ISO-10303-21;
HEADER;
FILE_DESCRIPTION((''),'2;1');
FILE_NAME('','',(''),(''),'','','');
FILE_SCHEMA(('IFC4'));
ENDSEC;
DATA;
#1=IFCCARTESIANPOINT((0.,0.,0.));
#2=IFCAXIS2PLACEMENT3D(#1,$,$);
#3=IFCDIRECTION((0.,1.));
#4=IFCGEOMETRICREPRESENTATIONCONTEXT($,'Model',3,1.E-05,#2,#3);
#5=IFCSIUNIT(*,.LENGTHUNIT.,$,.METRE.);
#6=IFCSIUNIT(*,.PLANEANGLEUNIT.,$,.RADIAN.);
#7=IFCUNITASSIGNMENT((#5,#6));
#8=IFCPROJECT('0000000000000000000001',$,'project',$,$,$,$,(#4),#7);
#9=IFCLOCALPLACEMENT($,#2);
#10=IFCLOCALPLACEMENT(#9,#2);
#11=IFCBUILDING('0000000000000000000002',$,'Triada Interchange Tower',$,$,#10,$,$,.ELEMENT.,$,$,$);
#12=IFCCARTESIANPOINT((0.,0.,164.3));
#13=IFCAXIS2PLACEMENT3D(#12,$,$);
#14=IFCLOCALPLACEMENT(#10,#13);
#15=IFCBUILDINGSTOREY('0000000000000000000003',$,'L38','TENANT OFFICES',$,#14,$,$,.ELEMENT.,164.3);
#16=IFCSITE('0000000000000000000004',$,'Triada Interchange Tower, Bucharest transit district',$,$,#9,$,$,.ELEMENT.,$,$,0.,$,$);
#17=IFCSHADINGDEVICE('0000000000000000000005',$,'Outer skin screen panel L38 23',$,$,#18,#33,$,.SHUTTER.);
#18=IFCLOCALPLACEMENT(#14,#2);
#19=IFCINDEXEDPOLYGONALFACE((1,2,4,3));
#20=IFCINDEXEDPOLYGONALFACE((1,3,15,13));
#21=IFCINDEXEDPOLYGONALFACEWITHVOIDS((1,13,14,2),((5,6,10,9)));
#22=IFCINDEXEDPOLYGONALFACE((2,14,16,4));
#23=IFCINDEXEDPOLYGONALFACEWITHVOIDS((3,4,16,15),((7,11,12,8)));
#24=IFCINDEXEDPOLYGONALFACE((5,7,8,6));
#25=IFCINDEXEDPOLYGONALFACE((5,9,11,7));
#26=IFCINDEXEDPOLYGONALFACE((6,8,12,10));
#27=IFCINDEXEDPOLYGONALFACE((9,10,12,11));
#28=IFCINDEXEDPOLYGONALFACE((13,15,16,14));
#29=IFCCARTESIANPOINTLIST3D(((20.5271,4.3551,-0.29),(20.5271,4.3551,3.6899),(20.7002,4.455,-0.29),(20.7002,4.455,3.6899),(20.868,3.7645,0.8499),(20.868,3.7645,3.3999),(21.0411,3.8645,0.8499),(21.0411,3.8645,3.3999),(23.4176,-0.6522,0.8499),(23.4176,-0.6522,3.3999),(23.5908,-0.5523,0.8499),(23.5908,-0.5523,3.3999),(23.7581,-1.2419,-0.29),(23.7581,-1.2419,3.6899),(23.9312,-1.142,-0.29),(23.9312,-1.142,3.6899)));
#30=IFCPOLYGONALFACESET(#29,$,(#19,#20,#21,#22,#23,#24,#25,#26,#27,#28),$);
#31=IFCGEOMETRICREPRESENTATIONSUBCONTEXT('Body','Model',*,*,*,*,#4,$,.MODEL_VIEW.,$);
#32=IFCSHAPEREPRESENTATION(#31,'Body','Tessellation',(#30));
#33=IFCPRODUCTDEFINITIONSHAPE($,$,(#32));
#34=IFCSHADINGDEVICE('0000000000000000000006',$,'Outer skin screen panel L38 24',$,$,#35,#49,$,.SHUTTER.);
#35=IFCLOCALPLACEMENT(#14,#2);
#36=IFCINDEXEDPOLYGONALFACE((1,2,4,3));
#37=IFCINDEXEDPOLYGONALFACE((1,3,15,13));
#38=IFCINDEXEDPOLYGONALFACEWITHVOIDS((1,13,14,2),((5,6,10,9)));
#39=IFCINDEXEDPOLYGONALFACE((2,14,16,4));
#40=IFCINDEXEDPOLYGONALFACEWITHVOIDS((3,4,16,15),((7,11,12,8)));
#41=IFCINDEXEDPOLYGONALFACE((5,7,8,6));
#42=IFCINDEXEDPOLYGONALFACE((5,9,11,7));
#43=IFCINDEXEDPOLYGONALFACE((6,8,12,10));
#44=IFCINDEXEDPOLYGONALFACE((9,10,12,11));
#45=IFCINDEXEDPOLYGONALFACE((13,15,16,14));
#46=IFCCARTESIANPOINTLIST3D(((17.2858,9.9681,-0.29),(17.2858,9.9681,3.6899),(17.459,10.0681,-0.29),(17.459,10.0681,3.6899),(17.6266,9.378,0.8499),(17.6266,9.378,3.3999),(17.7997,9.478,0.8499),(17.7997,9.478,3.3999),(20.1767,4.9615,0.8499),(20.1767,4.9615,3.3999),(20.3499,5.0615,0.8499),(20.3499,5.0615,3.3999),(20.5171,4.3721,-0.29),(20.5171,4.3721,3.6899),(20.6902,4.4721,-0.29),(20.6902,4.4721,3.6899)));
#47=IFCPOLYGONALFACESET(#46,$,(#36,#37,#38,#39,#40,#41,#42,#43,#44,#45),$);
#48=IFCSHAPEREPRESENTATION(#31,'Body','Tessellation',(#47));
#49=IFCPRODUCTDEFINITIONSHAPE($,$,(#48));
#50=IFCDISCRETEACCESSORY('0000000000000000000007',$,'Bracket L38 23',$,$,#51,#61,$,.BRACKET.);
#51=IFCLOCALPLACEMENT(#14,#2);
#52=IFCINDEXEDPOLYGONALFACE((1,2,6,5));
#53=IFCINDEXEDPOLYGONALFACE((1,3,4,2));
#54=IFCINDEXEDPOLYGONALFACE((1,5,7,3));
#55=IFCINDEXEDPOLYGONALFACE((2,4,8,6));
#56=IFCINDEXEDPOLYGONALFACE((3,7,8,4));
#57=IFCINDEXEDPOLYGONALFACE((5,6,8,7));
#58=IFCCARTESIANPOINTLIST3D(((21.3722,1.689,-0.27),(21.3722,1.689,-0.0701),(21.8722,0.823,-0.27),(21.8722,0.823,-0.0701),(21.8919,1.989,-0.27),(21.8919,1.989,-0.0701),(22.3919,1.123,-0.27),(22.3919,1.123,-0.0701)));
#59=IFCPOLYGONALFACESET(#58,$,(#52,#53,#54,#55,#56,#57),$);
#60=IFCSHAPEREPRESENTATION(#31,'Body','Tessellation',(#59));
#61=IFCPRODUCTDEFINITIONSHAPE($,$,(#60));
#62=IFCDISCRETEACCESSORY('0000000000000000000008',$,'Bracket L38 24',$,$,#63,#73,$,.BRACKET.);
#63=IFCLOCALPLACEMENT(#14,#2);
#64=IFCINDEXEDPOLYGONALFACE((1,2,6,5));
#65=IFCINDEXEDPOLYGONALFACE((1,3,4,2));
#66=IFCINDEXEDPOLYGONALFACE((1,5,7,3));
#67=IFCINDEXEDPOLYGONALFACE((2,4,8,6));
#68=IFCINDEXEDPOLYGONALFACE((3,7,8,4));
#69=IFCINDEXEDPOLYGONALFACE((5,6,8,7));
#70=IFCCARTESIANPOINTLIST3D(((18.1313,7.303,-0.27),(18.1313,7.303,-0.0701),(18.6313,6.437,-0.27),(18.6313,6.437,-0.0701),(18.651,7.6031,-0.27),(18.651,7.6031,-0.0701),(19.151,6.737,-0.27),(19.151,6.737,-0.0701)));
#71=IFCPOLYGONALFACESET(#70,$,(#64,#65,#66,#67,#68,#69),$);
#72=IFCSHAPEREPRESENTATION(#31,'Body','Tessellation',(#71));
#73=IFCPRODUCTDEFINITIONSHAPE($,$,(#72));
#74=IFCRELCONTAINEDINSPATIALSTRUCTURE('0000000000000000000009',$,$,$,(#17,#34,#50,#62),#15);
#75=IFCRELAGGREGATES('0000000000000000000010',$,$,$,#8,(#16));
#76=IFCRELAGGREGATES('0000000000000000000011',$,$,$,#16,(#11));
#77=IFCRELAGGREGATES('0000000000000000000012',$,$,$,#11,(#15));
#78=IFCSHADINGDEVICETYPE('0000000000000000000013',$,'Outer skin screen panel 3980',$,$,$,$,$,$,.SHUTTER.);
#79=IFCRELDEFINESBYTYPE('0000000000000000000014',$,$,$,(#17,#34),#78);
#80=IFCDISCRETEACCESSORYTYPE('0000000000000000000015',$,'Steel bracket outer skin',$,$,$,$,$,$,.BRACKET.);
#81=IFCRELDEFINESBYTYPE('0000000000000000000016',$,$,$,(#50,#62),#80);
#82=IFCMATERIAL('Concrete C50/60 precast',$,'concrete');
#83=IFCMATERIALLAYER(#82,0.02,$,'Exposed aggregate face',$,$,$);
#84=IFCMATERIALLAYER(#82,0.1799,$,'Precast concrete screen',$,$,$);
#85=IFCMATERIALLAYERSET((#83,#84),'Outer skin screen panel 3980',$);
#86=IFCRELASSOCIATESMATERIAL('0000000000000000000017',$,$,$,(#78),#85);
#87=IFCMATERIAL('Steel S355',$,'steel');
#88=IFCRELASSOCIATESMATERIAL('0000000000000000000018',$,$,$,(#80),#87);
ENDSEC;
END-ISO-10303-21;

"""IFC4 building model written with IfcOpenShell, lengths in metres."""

from ifc_helpers import new_model, si_unit, direction, frame, origin, origin_2d, place, context, subcontext, project, spatial, polyline, rectangle, outline, extrude, material, layer, layer_set, type_object, element, save


model = new_model("IFC4")

# Units and contexts
model_context = context("Model", 3, precision=1e-05, world=origin(), true_north=direction((0.0, 1.0)))
body_context = subcontext(model_context, "Body", "Model", "MODEL_VIEW")
ifc_project = project(units=[si_unit("LENGTHUNIT", "METRE"), si_unit("PLANEANGLEUNIT", "RADIAN")], contexts=[model_context])

# Site, building, storey
site_placement = place(None, origin())
site = spatial("IfcSite", under=ifc_project, at=site_placement, Name="Triada Interchange Tower, Bucharest transit district", CompositionType="ELEMENT", RefElevation=0.0)
building_placement = place(site_placement, origin())
building = spatial("IfcBuilding", under=site, at=building_placement, Name="Triada Interchange Tower", CompositionType="ELEMENT")
storey_placement = place(building_placement, frame((0.0, 0.0, 164.3)))
storey = spatial("IfcBuildingStorey", under=building, at=storey_placement, Name="L38", Description="TENANT OFFICES", CompositionType="ELEMENT", Elevation=164.3)

# Shading devices
ifc_material_1 = material(Name="Concrete C50/60 precast", Category="concrete")
ifc_layer_1 = layer(ifc_material_1, 0.02, Name="Exposed aggregate face")
ifc_layer_2 = layer(ifc_material_1, 0.1799, Name="Precast concrete screen")
ifc_layer_set_1 = layer_set([ifc_layer_1, ifc_layer_2], Name="Outer skin screen panel 3980")
shading_device_type = type_object("IfcShadingDeviceType", Name="Outer skin screen panel 3980", PredefinedType="SHUTTER", material=ifc_layer_set_1)
shading_device_1_placement = place(storey_placement, frame((23.7581, -1.2419, -0.29), z_axis=(0.0, 0.0, 1.0), x_axis=(-0.49995, 0.866054, 0.0)))
element("IfcShadingDevice", 1, at=shading_device_1_placement, inside=storey, type_object=shading_device_type, Name="Outer skin screen panel L38 23", PredefinedType="SHUTTER", context=body_context, shape_type="SweptSolid", body=[
    extrude(outline(polyline([(0.0, 0.0), (6.4626, 0.0), (6.4626, 3.98), (0.0, 3.98), (0.0, 0.0)]), holes=[polyline([(0.6809, 1.1399), (0.6809, 3.6899), (5.7808, 3.6899), (5.7808, 1.1399), (0.6809, 1.1399)])]), frame((0.0, 0.0, 0.0), z_axis=(0.0, -1.0, 0.0), x_axis=(1.0, 0.0, 0.0)), (0.0, 0.0, 1.0), 0.2),
])
shading_device_2_placement = place(storey_placement, frame((20.5171, 4.3721, -0.29), z_axis=(0.0, 0.0, 1.0), x_axis=(-0.500044, 0.866, 0.0)))
element("IfcShadingDevice", 2, at=shading_device_2_placement, inside=storey, type_object=shading_device_type, Name="Outer skin screen panel L38 24", PredefinedType="SHUTTER", context=body_context, shape_type="SweptSolid", body=[
    extrude(outline(polyline([(0.0, 0.0), (6.4619, 0.0), (6.4619, 3.98), (0.0, 3.98), (0.0, 0.0)]), holes=[polyline([(0.6807, 1.1399), (0.6807, 3.6899), (5.7805, 3.6899), (5.7805, 1.1399), (0.6807, 1.1399)])]), frame((0.0, 0.0, 0.0), z_axis=(0.0, -1.0, 0.0), x_axis=(1.0, 0.0, 0.0)), (0.0, 0.0, 1.0), 0.2),
])

# Discrete accessories
ifc_material_2 = material(Name="Steel S355", Category="steel")
discrete_accessory_type = type_object("IfcDiscreteAccessoryType", Name="Steel bracket outer skin", PredefinedType="BRACKET", material=ifc_material_2)
for number, where, z_axis, x_axis, name in (
    (3, (21.8821, 1.406, -0.27), (0.0, 0.0, 1.0), (0.866023, 0.500005, 0.0), "Bracket L38 23"),
    (4, (18.6411, 7.02, -0.27), (0.0, 0.0, 1.0), (0.866023, 0.500005, 0.0), "Bracket L38 24"),
):
    element("IfcDiscreteAccessory", number, at=place(storey_placement, frame(where, z_axis=z_axis, x_axis=x_axis)), inside=storey, type_object=discrete_accessory_type, Name=name, PredefinedType="BRACKET", context=body_context, shape_type="SweptSolid", body=[
        extrude(rectangle(XDim=0.6001, YDim=1.0, at=origin_2d()), origin(), (0.0, 0.0, 1.0), 0.2),
    ])

save(model, "model.ifc")
